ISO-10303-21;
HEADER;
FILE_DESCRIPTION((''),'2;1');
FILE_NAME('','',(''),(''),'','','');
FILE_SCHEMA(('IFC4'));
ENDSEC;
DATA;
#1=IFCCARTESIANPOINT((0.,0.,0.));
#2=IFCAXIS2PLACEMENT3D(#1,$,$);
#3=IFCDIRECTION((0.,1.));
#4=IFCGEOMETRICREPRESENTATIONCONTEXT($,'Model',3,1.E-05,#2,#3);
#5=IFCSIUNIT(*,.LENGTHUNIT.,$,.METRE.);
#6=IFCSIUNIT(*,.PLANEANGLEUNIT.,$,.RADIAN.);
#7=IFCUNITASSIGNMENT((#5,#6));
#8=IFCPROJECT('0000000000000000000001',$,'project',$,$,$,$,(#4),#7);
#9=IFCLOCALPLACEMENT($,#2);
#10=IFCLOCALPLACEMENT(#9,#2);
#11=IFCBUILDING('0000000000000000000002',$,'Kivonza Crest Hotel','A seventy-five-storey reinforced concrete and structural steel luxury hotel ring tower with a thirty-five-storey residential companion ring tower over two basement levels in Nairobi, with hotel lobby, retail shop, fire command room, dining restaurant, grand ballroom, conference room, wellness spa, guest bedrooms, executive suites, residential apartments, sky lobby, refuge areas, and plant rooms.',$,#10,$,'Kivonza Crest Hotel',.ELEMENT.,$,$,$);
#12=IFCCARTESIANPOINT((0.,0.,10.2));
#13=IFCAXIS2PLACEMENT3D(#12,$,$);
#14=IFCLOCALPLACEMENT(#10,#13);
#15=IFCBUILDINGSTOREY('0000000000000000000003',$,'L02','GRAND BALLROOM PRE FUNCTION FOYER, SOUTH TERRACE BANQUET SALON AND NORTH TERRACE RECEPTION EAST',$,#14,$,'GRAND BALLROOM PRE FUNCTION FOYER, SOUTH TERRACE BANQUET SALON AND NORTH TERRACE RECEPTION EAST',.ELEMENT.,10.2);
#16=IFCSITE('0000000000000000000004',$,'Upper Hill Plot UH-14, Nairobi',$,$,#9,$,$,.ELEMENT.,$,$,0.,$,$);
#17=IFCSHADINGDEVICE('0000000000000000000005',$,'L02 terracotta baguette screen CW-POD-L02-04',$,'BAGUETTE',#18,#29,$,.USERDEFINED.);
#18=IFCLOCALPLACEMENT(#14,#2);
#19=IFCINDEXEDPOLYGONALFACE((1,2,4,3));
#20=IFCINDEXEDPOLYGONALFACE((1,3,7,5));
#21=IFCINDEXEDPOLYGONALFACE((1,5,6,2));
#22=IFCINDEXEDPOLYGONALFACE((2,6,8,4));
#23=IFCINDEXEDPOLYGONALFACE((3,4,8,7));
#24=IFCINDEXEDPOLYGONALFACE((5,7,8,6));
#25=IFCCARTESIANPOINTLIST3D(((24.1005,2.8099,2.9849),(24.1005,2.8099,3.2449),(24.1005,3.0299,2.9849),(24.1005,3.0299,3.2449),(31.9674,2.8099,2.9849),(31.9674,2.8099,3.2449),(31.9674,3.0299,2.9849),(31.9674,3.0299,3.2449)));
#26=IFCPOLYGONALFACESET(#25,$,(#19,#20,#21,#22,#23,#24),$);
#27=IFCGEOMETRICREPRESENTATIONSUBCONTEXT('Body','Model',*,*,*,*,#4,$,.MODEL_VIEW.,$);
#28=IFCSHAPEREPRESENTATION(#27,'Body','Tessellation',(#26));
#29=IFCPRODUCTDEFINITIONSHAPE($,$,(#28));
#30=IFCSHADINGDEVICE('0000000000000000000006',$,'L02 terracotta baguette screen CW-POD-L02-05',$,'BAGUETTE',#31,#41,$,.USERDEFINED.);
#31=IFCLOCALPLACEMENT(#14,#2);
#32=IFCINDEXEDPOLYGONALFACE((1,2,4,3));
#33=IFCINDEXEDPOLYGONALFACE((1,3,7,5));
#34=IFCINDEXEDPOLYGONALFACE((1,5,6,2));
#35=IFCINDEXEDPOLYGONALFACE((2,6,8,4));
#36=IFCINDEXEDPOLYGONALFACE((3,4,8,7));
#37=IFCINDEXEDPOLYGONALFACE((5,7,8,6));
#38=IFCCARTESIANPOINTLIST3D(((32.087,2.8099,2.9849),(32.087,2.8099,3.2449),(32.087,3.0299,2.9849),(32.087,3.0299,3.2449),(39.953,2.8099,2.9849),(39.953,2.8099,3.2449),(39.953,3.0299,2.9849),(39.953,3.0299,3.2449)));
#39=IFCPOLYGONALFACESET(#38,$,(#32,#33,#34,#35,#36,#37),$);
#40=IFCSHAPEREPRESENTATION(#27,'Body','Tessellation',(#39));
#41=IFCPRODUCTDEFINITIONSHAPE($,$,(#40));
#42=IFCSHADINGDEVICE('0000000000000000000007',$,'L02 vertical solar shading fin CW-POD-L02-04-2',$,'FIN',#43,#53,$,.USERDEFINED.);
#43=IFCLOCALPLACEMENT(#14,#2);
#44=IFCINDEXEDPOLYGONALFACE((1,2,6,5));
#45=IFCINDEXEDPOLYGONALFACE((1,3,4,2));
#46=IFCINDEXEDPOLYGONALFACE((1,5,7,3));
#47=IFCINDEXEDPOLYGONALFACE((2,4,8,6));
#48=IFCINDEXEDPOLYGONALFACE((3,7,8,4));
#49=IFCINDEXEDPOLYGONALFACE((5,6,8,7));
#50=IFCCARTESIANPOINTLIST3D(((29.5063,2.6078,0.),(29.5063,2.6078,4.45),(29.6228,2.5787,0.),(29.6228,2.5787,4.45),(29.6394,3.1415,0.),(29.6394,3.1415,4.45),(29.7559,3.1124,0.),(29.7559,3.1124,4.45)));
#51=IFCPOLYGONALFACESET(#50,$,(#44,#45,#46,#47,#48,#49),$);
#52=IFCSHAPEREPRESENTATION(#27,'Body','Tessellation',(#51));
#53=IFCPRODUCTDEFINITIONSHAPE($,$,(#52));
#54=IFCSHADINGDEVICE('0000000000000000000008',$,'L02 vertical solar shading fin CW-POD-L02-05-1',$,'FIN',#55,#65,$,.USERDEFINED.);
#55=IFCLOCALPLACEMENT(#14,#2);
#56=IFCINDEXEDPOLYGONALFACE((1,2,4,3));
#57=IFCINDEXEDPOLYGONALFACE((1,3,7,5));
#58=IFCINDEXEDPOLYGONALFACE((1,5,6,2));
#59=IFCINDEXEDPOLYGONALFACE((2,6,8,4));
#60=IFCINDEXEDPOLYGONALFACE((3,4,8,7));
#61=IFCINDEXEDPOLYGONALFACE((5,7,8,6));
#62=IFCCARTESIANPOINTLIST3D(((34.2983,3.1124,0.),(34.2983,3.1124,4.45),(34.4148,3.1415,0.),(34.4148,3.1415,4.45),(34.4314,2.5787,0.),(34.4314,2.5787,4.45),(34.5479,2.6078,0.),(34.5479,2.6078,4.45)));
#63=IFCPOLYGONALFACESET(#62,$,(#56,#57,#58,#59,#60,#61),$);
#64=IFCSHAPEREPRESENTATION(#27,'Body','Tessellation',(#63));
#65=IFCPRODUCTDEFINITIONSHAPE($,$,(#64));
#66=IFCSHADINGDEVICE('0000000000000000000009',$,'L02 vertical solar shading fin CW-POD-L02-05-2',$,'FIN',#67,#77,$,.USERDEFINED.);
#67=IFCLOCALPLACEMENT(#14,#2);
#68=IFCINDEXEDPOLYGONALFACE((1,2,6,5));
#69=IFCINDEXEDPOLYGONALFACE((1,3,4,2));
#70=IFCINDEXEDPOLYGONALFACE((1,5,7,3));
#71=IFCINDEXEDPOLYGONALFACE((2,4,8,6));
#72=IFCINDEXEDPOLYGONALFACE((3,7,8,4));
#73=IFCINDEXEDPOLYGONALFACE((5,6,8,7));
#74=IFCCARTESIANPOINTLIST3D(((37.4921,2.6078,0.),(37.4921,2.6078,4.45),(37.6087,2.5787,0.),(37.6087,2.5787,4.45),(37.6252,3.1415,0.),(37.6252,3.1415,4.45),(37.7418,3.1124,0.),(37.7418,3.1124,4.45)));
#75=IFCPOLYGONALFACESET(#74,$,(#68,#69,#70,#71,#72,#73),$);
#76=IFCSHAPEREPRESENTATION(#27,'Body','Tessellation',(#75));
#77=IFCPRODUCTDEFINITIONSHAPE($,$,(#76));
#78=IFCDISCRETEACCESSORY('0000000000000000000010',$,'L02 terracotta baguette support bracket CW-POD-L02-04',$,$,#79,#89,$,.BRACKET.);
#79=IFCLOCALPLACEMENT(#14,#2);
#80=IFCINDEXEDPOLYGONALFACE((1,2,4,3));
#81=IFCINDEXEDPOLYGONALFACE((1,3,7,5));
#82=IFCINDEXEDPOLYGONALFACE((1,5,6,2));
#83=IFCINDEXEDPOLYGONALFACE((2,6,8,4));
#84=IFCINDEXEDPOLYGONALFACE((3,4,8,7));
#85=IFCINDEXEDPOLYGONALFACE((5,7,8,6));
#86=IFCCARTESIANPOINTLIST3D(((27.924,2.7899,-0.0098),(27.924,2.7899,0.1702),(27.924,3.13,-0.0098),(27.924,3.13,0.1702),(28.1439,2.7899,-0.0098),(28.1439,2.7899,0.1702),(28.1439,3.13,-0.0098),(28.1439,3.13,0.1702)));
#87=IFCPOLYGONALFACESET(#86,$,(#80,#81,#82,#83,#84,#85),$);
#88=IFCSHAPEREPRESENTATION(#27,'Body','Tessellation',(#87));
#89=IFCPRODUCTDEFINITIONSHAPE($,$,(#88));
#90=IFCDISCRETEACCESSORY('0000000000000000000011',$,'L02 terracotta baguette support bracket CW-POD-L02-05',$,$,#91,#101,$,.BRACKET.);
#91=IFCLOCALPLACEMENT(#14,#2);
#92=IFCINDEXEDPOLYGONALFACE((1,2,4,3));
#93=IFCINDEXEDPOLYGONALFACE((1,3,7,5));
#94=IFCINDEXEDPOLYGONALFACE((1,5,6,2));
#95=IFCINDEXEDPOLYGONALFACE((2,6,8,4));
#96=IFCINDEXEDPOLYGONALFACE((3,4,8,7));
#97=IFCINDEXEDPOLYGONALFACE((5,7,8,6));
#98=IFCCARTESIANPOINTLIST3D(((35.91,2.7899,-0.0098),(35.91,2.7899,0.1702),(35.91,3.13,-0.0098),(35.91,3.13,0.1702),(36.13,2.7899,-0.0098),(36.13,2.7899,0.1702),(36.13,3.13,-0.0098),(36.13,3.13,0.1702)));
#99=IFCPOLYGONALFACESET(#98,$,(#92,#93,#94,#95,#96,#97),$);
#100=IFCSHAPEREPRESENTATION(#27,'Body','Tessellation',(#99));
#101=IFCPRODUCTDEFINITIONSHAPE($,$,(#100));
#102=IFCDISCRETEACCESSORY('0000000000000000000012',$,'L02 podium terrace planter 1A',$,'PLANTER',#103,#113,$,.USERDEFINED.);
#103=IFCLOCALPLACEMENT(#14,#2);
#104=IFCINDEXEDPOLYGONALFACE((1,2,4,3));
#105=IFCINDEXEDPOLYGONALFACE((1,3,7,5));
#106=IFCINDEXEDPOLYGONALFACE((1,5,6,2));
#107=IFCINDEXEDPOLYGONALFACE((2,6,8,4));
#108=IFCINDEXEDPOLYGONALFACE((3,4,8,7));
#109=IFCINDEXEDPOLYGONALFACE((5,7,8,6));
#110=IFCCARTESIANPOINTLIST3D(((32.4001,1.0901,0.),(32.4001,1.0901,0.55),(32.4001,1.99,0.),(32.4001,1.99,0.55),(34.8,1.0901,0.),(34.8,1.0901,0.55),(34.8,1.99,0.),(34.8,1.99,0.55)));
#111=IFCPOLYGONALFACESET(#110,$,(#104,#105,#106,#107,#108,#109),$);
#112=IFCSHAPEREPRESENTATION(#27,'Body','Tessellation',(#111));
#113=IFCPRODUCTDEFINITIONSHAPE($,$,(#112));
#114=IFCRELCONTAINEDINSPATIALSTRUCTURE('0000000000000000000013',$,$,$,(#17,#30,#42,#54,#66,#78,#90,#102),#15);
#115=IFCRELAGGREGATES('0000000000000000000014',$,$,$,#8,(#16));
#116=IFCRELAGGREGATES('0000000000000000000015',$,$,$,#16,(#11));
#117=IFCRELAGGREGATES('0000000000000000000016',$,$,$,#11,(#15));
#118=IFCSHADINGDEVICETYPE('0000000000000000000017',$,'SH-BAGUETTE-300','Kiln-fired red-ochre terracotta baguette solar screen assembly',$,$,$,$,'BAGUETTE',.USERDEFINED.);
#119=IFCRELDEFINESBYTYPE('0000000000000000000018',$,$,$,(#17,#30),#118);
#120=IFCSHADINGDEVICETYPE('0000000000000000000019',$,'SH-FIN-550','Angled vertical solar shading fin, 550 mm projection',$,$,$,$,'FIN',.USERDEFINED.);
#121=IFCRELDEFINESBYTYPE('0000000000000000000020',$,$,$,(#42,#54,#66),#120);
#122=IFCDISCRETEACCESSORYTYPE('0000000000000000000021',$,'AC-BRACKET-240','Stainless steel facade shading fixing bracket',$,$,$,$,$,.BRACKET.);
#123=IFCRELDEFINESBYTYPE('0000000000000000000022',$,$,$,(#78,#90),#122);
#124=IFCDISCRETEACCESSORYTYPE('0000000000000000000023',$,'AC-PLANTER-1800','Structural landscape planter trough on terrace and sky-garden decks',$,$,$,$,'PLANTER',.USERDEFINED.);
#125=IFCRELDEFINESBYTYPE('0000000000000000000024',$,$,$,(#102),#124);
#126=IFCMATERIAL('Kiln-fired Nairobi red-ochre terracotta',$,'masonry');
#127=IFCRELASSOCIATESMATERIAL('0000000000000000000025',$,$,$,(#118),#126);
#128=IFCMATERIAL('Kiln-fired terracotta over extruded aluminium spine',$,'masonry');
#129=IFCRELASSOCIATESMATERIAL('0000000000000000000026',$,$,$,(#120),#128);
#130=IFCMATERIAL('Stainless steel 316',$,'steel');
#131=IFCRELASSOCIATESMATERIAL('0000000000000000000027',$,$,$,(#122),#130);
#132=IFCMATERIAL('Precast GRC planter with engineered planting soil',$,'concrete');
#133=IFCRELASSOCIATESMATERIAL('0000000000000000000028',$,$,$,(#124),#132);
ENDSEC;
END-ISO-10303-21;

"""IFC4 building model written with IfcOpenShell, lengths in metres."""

from ifc_helpers import new_model, si_unit, direction, frame, origin, origin_2d, place, context, subcontext, project, spatial, rectangle, extrude, material, type_object, element, save


model = new_model("IFC4")

# Units and contexts
model_context = context("Model", 3, precision=1e-05, world=origin(), true_north=direction((0.0, 1.0)))
body_context = subcontext(model_context, "Body", "Model", "MODEL_VIEW")
ifc_project = project(units=[si_unit("LENGTHUNIT", "METRE"), si_unit("PLANEANGLEUNIT", "RADIAN")], contexts=[model_context])

# Site, building, storey
site_placement = place(None, origin())
site = spatial("IfcSite", under=ifc_project, at=site_placement, Name="Upper Hill Plot UH-14, Nairobi", CompositionType="ELEMENT", RefElevation=0.0)
building_placement = place(site_placement, origin())
building = spatial("IfcBuilding", under=site, at=building_placement, Name="Kivonza Crest Hotel", Description="A seventy-five-storey reinforced concrete and structural steel luxury hotel ring tower with a thirty-five-storey residential companion ring tower over two basement levels in Nairobi, with hotel lobby, retail shop, fire command room, dining restaurant, grand ballroom, conference room, wellness spa, guest bedrooms, executive suites, residential apartments, sky lobby, refuge areas, and plant rooms.", LongName="Kivonza Crest Hotel", CompositionType="ELEMENT")
storey_placement = place(building_placement, frame((0.0, 0.0, 10.2)))
storey = spatial("IfcBuildingStorey", under=building, at=storey_placement, Name="L02", Description="GRAND BALLROOM PRE FUNCTION FOYER, SOUTH TERRACE BANQUET SALON AND NORTH TERRACE RECEPTION EAST", LongName="GRAND BALLROOM PRE FUNCTION FOYER, SOUTH TERRACE BANQUET SALON AND NORTH TERRACE RECEPTION EAST", CompositionType="ELEMENT", Elevation=10.2)

# Shading devices
ifc_material_1 = material(Name="Kiln-fired Nairobi red-ochre terracotta", Category="masonry")
shading_device_type_1 = type_object("IfcShadingDeviceType", Name="SH-BAGUETTE-300", Description="Kiln-fired red-ochre terracotta baguette solar screen assembly", ElementType="BAGUETTE", PredefinedType="USERDEFINED", material=ifc_material_1)
shading_device_1_placement = place(storey_placement, frame((28.0339, 2.9199, 2.9849), z_axis=(0.0, 0.0, 1.0), x_axis=(1.0, 0.0, 0.0)))
element("IfcShadingDevice", 1, at=shading_device_1_placement, inside=storey, type_object=shading_device_type_1, Name="L02 terracotta baguette screen CW-POD-L02-04", ObjectType="BAGUETTE", PredefinedType="USERDEFINED", context=body_context, shape_type="SweptSolid", body=[
    extrude(rectangle(XDim=7.8669, YDim=0.22, at=origin_2d()), origin(), (0.0, 0.0, 1.0), 0.26),
])
shading_device_2_placement = place(storey_placement, frame((36.02, 2.9199, 2.9849), z_axis=(0.0, 0.0, 1.0), x_axis=(1.0, 0.0, 0.0)))
element("IfcShadingDevice", 2, at=shading_device_2_placement, inside=storey, type_object=shading_device_type_1, Name="L02 terracotta baguette screen CW-POD-L02-05", ObjectType="BAGUETTE", PredefinedType="USERDEFINED", context=body_context, shape_type="SweptSolid", body=[
    extrude(rectangle(XDim=7.866, YDim=0.22, at=origin_2d()), origin(), (0.0, 0.0, 1.0), 0.26),
])
ifc_material_2 = material(Name="Kiln-fired terracotta over extruded aluminium spine", Category="masonry")
shading_device_type_2 = type_object("IfcShadingDeviceType", Name="SH-FIN-550", Description="Angled vertical solar shading fin, 550 mm projection", ElementType="FIN", PredefinedType="USERDEFINED", material=ifc_material_2)
for number, where, z_axis, x_axis, name in (
    (3, (29.6311, 2.8601, 0.0), (0.0, 0.0, 1.0), (0.970296, -0.241922, 0.0), "L02 vertical solar shading fin CW-POD-L02-04-2"),
    (4, (34.4231, 2.8601, 0.0), (0.0, 0.0, 1.0), (0.970296, 0.241922, 0.0), "L02 vertical solar shading fin CW-POD-L02-05-1"),
    (5, (37.6169, 2.8601, 0.0), (0.0, 0.0, 1.0), (0.970296, -0.241922, 0.0), "L02 vertical solar shading fin CW-POD-L02-05-2"),
):
    element("IfcShadingDevice", number, at=place(storey_placement, frame(where, z_axis=z_axis, x_axis=x_axis)), inside=storey, type_object=shading_device_type_2, Name=name, ObjectType="FIN", PredefinedType="USERDEFINED", context=body_context, shape_type="SweptSolid", body=[
        extrude(rectangle(XDim=0.1201, YDim=0.55, at=origin_2d()), origin(), (0.0, 0.0, 1.0), 4.45),
    ])

# Discrete accessories
ifc_material_3 = material(Name="Stainless steel 316", Category="steel")
discrete_accessory_type_1 = type_object("IfcDiscreteAccessoryType", Name="AC-BRACKET-240", Description="Stainless steel facade shading fixing bracket", PredefinedType="BRACKET", material=ifc_material_3)
for number, where, z_axis, x_axis, name in (
    (6, (28.0339, 2.96, -0.0098), (0.0, 0.0, 1.0), (1.0, 0.0, 0.0), "L02 terracotta baguette support bracket CW-POD-L02-04"),
    (7, (36.02, 2.96, -0.0098), (0.0, 0.0, 1.0), (1.0, 0.0, 0.0), "L02 terracotta baguette support bracket CW-POD-L02-05"),
):
    element("IfcDiscreteAccessory", number, at=place(storey_placement, frame(where, z_axis=z_axis, x_axis=x_axis)), inside=storey, type_object=discrete_accessory_type_1, Name=name, PredefinedType="BRACKET", context=body_context, shape_type="SweptSolid", body=[
        extrude(rectangle(XDim=0.22, YDim=0.3401, at=origin_2d()), origin(), (0.0, 0.0, 1.0), 0.1799),
    ])
ifc_material_4 = material(Name="Precast GRC planter with engineered planting soil", Category="concrete")
discrete_accessory_type_2 = type_object("IfcDiscreteAccessoryType", Name="AC-PLANTER-1800", Description="Structural landscape planter trough on terrace and sky-garden decks", ElementType="PLANTER", PredefinedType="USERDEFINED", material=ifc_material_4)
discrete_accessory_placement = place(storey_placement, frame((33.6001, 1.54, 0.0), z_axis=(0.0, 0.0, 1.0), x_axis=(1.0, 0.0, 0.0)))
element("IfcDiscreteAccessory", 8, at=discrete_accessory_placement, inside=storey, type_object=discrete_accessory_type_2, Name="L02 podium terrace planter 1A", ObjectType="PLANTER", PredefinedType="USERDEFINED", context=body_context, shape_type="SweptSolid", body=[
    extrude(rectangle(XDim=2.3999, YDim=0.8999, at=origin_2d()), origin(), (0.0, 0.0, 1.0), 0.55),
])

save(model, "model.ifc")
